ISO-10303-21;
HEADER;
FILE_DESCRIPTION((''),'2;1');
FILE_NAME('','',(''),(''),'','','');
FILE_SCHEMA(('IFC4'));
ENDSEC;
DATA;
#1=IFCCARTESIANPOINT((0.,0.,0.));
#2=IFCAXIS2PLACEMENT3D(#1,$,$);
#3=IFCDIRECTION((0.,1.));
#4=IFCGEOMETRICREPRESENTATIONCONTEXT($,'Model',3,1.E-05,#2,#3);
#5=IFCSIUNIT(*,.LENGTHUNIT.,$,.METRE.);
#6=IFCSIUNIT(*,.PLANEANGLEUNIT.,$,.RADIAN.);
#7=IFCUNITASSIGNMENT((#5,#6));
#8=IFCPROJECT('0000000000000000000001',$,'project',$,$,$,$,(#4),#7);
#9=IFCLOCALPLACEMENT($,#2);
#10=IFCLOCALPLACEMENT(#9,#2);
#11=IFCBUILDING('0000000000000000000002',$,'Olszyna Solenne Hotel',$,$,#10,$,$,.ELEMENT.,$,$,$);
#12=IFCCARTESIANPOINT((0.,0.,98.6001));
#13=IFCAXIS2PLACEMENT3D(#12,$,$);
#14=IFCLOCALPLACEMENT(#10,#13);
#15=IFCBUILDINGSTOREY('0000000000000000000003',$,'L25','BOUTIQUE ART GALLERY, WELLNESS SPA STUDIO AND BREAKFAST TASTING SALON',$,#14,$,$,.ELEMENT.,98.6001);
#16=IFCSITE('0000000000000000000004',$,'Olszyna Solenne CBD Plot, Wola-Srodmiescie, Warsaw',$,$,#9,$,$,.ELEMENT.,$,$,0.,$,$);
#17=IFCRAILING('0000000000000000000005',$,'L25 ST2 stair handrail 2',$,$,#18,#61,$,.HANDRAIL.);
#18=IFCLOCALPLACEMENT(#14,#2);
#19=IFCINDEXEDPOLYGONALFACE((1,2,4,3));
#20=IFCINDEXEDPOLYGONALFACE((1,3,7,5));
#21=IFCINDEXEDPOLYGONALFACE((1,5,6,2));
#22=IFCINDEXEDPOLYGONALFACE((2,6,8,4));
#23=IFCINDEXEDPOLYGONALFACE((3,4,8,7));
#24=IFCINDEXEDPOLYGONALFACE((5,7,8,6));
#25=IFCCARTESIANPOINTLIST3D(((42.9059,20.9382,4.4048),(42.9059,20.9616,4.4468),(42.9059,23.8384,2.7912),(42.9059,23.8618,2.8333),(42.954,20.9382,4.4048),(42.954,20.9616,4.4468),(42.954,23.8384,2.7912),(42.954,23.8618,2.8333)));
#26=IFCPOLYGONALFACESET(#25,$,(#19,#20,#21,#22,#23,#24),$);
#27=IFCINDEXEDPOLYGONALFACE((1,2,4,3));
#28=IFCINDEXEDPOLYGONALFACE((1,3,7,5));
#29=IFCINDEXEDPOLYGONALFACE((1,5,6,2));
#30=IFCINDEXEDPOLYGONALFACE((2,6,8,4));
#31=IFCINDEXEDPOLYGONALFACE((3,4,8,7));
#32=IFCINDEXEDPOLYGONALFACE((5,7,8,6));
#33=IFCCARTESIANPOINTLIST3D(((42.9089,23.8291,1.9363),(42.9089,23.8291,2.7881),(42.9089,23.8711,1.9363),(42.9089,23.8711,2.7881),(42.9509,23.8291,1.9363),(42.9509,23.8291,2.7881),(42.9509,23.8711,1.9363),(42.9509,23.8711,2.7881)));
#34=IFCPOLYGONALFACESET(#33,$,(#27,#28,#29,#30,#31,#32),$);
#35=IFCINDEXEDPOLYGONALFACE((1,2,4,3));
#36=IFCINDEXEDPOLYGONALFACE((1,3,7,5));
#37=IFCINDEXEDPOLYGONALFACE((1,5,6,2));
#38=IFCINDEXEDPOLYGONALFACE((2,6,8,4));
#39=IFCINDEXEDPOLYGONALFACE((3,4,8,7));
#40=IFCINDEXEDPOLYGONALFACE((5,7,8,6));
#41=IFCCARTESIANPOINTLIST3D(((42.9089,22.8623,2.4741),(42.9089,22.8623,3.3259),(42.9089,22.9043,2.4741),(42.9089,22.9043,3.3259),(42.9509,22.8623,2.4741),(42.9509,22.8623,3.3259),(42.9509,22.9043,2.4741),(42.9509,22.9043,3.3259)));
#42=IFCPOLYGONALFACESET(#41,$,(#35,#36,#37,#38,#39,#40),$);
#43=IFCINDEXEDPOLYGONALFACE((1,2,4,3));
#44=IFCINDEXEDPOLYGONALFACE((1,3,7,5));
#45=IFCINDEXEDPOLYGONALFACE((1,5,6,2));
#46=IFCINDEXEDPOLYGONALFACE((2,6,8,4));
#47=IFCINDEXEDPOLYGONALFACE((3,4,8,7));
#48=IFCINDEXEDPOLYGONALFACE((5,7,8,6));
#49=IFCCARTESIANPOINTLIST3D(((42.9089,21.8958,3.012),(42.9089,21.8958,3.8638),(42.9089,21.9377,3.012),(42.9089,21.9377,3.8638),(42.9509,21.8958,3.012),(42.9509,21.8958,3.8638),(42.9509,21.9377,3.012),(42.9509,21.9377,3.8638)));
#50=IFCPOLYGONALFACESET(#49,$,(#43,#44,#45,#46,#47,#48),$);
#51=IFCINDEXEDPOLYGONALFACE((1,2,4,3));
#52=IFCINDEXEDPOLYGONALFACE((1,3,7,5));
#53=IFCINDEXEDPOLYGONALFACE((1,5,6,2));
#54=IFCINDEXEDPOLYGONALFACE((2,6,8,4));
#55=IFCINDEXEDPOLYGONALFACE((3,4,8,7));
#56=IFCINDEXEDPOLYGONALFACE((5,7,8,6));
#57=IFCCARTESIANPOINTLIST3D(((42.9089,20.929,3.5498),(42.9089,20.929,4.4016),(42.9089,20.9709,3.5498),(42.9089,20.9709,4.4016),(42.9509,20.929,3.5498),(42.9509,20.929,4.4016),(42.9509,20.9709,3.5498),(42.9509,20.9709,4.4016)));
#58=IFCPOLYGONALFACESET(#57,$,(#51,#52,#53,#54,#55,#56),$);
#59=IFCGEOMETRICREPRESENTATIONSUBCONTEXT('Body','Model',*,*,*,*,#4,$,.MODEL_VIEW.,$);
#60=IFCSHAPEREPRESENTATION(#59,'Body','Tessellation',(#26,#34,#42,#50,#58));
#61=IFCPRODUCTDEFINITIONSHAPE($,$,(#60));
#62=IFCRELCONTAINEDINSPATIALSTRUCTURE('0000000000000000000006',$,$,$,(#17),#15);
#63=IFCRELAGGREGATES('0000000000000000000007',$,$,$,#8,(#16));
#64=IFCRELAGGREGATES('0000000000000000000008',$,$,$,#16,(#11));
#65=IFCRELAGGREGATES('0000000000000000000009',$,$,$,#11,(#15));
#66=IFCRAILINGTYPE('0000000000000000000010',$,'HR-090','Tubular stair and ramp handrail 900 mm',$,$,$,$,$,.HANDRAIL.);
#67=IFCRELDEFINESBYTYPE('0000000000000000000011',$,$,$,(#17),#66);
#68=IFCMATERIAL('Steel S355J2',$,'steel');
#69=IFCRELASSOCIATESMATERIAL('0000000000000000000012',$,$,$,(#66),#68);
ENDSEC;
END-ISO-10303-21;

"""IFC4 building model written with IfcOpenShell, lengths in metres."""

from ifc_helpers import new_model, si_unit, direction, frame, origin, origin_2d, place, context, subcontext, project, spatial, rectangle, extrude, material, type_object, element, save


model = new_model("IFC4")

# Units and contexts
model_context = context("Model", 3, precision=1e-05, world=origin(), true_north=direction((0.0, 1.0)))
body_context = subcontext(model_context, "Body", "Model", "MODEL_VIEW")
ifc_project = project(units=[si_unit("LENGTHUNIT", "METRE"), si_unit("PLANEANGLEUNIT", "RADIAN")], contexts=[model_context])

# Site, building, storey
site_placement = place(None, origin())
site = spatial("IfcSite", under=ifc_project, at=site_placement, Name="Olszyna Solenne CBD Plot, Wola-Srodmiescie, Warsaw", CompositionType="ELEMENT", RefElevation=0.0)
building_placement = place(site_placement, origin())
building = spatial("IfcBuilding", under=site, at=building_placement, Name="Olszyna Solenne Hotel", CompositionType="ELEMENT")
storey_placement = place(building_placement, frame((0.0, 0.0, 98.6001)))
storey = spatial("IfcBuildingStorey", under=building, at=storey_placement, Name="L25", Description="BOUTIQUE ART GALLERY, WELLNESS SPA STUDIO AND BREAKFAST TASTING SALON", CompositionType="ELEMENT", Elevation=98.6001)

# Shared definitions
ifc_material_1 = material(Name="Steel S355J2", Category="steel")

# Railing
railing_type_1 = type_object("IfcRailingType", Name="HR-090", Description="Tubular stair and ramp handrail 900 mm", PredefinedType="HANDRAIL", material=ifc_material_1)
railing_1_placement = place(storey_placement, frame((42.9299, 23.8501, 1.9363)))
element("IfcRailing", 1, at=railing_1_placement, inside=storey, type_object=railing_type_1, Name="L25 ST2 stair handrail 2", PredefinedType="HANDRAIL", context=body_context, shape_type="SweptSolid", body=[
    extrude(rectangle(XDim=0.0481, YDim=0.0481, at=origin_2d()), frame((0.0, 0.0, 0.876), z_axis=(0.0, -0.873859, 0.48618), x_axis=(1.0, 0.0, 0.0)), (0.0, 0.0, 1.0), 3.3188),
    extrude(rectangle(XDim=0.042, YDim=0.042, at=origin_2d()), origin(), (0.0, 0.0, 1.0), 0.8518),
    extrude(rectangle(XDim=0.042, YDim=0.042, at=origin_2d()), frame((0.0, -0.9668, 0.5378)), (0.0, 0.0, 1.0), 0.8518),
    extrude(rectangle(XDim=0.042, YDim=0.042, at=origin_2d()), frame((0.0, -1.9333, 1.0757)), (0.0, 0.0, 1.0), 0.8518),
    extrude(rectangle(XDim=0.042, YDim=0.042, at=origin_2d()), frame((0.0, -2.9001, 1.6135)), (0.0, 0.0, 1.0), 0.8518),
])

save(model, "model.ifc")
